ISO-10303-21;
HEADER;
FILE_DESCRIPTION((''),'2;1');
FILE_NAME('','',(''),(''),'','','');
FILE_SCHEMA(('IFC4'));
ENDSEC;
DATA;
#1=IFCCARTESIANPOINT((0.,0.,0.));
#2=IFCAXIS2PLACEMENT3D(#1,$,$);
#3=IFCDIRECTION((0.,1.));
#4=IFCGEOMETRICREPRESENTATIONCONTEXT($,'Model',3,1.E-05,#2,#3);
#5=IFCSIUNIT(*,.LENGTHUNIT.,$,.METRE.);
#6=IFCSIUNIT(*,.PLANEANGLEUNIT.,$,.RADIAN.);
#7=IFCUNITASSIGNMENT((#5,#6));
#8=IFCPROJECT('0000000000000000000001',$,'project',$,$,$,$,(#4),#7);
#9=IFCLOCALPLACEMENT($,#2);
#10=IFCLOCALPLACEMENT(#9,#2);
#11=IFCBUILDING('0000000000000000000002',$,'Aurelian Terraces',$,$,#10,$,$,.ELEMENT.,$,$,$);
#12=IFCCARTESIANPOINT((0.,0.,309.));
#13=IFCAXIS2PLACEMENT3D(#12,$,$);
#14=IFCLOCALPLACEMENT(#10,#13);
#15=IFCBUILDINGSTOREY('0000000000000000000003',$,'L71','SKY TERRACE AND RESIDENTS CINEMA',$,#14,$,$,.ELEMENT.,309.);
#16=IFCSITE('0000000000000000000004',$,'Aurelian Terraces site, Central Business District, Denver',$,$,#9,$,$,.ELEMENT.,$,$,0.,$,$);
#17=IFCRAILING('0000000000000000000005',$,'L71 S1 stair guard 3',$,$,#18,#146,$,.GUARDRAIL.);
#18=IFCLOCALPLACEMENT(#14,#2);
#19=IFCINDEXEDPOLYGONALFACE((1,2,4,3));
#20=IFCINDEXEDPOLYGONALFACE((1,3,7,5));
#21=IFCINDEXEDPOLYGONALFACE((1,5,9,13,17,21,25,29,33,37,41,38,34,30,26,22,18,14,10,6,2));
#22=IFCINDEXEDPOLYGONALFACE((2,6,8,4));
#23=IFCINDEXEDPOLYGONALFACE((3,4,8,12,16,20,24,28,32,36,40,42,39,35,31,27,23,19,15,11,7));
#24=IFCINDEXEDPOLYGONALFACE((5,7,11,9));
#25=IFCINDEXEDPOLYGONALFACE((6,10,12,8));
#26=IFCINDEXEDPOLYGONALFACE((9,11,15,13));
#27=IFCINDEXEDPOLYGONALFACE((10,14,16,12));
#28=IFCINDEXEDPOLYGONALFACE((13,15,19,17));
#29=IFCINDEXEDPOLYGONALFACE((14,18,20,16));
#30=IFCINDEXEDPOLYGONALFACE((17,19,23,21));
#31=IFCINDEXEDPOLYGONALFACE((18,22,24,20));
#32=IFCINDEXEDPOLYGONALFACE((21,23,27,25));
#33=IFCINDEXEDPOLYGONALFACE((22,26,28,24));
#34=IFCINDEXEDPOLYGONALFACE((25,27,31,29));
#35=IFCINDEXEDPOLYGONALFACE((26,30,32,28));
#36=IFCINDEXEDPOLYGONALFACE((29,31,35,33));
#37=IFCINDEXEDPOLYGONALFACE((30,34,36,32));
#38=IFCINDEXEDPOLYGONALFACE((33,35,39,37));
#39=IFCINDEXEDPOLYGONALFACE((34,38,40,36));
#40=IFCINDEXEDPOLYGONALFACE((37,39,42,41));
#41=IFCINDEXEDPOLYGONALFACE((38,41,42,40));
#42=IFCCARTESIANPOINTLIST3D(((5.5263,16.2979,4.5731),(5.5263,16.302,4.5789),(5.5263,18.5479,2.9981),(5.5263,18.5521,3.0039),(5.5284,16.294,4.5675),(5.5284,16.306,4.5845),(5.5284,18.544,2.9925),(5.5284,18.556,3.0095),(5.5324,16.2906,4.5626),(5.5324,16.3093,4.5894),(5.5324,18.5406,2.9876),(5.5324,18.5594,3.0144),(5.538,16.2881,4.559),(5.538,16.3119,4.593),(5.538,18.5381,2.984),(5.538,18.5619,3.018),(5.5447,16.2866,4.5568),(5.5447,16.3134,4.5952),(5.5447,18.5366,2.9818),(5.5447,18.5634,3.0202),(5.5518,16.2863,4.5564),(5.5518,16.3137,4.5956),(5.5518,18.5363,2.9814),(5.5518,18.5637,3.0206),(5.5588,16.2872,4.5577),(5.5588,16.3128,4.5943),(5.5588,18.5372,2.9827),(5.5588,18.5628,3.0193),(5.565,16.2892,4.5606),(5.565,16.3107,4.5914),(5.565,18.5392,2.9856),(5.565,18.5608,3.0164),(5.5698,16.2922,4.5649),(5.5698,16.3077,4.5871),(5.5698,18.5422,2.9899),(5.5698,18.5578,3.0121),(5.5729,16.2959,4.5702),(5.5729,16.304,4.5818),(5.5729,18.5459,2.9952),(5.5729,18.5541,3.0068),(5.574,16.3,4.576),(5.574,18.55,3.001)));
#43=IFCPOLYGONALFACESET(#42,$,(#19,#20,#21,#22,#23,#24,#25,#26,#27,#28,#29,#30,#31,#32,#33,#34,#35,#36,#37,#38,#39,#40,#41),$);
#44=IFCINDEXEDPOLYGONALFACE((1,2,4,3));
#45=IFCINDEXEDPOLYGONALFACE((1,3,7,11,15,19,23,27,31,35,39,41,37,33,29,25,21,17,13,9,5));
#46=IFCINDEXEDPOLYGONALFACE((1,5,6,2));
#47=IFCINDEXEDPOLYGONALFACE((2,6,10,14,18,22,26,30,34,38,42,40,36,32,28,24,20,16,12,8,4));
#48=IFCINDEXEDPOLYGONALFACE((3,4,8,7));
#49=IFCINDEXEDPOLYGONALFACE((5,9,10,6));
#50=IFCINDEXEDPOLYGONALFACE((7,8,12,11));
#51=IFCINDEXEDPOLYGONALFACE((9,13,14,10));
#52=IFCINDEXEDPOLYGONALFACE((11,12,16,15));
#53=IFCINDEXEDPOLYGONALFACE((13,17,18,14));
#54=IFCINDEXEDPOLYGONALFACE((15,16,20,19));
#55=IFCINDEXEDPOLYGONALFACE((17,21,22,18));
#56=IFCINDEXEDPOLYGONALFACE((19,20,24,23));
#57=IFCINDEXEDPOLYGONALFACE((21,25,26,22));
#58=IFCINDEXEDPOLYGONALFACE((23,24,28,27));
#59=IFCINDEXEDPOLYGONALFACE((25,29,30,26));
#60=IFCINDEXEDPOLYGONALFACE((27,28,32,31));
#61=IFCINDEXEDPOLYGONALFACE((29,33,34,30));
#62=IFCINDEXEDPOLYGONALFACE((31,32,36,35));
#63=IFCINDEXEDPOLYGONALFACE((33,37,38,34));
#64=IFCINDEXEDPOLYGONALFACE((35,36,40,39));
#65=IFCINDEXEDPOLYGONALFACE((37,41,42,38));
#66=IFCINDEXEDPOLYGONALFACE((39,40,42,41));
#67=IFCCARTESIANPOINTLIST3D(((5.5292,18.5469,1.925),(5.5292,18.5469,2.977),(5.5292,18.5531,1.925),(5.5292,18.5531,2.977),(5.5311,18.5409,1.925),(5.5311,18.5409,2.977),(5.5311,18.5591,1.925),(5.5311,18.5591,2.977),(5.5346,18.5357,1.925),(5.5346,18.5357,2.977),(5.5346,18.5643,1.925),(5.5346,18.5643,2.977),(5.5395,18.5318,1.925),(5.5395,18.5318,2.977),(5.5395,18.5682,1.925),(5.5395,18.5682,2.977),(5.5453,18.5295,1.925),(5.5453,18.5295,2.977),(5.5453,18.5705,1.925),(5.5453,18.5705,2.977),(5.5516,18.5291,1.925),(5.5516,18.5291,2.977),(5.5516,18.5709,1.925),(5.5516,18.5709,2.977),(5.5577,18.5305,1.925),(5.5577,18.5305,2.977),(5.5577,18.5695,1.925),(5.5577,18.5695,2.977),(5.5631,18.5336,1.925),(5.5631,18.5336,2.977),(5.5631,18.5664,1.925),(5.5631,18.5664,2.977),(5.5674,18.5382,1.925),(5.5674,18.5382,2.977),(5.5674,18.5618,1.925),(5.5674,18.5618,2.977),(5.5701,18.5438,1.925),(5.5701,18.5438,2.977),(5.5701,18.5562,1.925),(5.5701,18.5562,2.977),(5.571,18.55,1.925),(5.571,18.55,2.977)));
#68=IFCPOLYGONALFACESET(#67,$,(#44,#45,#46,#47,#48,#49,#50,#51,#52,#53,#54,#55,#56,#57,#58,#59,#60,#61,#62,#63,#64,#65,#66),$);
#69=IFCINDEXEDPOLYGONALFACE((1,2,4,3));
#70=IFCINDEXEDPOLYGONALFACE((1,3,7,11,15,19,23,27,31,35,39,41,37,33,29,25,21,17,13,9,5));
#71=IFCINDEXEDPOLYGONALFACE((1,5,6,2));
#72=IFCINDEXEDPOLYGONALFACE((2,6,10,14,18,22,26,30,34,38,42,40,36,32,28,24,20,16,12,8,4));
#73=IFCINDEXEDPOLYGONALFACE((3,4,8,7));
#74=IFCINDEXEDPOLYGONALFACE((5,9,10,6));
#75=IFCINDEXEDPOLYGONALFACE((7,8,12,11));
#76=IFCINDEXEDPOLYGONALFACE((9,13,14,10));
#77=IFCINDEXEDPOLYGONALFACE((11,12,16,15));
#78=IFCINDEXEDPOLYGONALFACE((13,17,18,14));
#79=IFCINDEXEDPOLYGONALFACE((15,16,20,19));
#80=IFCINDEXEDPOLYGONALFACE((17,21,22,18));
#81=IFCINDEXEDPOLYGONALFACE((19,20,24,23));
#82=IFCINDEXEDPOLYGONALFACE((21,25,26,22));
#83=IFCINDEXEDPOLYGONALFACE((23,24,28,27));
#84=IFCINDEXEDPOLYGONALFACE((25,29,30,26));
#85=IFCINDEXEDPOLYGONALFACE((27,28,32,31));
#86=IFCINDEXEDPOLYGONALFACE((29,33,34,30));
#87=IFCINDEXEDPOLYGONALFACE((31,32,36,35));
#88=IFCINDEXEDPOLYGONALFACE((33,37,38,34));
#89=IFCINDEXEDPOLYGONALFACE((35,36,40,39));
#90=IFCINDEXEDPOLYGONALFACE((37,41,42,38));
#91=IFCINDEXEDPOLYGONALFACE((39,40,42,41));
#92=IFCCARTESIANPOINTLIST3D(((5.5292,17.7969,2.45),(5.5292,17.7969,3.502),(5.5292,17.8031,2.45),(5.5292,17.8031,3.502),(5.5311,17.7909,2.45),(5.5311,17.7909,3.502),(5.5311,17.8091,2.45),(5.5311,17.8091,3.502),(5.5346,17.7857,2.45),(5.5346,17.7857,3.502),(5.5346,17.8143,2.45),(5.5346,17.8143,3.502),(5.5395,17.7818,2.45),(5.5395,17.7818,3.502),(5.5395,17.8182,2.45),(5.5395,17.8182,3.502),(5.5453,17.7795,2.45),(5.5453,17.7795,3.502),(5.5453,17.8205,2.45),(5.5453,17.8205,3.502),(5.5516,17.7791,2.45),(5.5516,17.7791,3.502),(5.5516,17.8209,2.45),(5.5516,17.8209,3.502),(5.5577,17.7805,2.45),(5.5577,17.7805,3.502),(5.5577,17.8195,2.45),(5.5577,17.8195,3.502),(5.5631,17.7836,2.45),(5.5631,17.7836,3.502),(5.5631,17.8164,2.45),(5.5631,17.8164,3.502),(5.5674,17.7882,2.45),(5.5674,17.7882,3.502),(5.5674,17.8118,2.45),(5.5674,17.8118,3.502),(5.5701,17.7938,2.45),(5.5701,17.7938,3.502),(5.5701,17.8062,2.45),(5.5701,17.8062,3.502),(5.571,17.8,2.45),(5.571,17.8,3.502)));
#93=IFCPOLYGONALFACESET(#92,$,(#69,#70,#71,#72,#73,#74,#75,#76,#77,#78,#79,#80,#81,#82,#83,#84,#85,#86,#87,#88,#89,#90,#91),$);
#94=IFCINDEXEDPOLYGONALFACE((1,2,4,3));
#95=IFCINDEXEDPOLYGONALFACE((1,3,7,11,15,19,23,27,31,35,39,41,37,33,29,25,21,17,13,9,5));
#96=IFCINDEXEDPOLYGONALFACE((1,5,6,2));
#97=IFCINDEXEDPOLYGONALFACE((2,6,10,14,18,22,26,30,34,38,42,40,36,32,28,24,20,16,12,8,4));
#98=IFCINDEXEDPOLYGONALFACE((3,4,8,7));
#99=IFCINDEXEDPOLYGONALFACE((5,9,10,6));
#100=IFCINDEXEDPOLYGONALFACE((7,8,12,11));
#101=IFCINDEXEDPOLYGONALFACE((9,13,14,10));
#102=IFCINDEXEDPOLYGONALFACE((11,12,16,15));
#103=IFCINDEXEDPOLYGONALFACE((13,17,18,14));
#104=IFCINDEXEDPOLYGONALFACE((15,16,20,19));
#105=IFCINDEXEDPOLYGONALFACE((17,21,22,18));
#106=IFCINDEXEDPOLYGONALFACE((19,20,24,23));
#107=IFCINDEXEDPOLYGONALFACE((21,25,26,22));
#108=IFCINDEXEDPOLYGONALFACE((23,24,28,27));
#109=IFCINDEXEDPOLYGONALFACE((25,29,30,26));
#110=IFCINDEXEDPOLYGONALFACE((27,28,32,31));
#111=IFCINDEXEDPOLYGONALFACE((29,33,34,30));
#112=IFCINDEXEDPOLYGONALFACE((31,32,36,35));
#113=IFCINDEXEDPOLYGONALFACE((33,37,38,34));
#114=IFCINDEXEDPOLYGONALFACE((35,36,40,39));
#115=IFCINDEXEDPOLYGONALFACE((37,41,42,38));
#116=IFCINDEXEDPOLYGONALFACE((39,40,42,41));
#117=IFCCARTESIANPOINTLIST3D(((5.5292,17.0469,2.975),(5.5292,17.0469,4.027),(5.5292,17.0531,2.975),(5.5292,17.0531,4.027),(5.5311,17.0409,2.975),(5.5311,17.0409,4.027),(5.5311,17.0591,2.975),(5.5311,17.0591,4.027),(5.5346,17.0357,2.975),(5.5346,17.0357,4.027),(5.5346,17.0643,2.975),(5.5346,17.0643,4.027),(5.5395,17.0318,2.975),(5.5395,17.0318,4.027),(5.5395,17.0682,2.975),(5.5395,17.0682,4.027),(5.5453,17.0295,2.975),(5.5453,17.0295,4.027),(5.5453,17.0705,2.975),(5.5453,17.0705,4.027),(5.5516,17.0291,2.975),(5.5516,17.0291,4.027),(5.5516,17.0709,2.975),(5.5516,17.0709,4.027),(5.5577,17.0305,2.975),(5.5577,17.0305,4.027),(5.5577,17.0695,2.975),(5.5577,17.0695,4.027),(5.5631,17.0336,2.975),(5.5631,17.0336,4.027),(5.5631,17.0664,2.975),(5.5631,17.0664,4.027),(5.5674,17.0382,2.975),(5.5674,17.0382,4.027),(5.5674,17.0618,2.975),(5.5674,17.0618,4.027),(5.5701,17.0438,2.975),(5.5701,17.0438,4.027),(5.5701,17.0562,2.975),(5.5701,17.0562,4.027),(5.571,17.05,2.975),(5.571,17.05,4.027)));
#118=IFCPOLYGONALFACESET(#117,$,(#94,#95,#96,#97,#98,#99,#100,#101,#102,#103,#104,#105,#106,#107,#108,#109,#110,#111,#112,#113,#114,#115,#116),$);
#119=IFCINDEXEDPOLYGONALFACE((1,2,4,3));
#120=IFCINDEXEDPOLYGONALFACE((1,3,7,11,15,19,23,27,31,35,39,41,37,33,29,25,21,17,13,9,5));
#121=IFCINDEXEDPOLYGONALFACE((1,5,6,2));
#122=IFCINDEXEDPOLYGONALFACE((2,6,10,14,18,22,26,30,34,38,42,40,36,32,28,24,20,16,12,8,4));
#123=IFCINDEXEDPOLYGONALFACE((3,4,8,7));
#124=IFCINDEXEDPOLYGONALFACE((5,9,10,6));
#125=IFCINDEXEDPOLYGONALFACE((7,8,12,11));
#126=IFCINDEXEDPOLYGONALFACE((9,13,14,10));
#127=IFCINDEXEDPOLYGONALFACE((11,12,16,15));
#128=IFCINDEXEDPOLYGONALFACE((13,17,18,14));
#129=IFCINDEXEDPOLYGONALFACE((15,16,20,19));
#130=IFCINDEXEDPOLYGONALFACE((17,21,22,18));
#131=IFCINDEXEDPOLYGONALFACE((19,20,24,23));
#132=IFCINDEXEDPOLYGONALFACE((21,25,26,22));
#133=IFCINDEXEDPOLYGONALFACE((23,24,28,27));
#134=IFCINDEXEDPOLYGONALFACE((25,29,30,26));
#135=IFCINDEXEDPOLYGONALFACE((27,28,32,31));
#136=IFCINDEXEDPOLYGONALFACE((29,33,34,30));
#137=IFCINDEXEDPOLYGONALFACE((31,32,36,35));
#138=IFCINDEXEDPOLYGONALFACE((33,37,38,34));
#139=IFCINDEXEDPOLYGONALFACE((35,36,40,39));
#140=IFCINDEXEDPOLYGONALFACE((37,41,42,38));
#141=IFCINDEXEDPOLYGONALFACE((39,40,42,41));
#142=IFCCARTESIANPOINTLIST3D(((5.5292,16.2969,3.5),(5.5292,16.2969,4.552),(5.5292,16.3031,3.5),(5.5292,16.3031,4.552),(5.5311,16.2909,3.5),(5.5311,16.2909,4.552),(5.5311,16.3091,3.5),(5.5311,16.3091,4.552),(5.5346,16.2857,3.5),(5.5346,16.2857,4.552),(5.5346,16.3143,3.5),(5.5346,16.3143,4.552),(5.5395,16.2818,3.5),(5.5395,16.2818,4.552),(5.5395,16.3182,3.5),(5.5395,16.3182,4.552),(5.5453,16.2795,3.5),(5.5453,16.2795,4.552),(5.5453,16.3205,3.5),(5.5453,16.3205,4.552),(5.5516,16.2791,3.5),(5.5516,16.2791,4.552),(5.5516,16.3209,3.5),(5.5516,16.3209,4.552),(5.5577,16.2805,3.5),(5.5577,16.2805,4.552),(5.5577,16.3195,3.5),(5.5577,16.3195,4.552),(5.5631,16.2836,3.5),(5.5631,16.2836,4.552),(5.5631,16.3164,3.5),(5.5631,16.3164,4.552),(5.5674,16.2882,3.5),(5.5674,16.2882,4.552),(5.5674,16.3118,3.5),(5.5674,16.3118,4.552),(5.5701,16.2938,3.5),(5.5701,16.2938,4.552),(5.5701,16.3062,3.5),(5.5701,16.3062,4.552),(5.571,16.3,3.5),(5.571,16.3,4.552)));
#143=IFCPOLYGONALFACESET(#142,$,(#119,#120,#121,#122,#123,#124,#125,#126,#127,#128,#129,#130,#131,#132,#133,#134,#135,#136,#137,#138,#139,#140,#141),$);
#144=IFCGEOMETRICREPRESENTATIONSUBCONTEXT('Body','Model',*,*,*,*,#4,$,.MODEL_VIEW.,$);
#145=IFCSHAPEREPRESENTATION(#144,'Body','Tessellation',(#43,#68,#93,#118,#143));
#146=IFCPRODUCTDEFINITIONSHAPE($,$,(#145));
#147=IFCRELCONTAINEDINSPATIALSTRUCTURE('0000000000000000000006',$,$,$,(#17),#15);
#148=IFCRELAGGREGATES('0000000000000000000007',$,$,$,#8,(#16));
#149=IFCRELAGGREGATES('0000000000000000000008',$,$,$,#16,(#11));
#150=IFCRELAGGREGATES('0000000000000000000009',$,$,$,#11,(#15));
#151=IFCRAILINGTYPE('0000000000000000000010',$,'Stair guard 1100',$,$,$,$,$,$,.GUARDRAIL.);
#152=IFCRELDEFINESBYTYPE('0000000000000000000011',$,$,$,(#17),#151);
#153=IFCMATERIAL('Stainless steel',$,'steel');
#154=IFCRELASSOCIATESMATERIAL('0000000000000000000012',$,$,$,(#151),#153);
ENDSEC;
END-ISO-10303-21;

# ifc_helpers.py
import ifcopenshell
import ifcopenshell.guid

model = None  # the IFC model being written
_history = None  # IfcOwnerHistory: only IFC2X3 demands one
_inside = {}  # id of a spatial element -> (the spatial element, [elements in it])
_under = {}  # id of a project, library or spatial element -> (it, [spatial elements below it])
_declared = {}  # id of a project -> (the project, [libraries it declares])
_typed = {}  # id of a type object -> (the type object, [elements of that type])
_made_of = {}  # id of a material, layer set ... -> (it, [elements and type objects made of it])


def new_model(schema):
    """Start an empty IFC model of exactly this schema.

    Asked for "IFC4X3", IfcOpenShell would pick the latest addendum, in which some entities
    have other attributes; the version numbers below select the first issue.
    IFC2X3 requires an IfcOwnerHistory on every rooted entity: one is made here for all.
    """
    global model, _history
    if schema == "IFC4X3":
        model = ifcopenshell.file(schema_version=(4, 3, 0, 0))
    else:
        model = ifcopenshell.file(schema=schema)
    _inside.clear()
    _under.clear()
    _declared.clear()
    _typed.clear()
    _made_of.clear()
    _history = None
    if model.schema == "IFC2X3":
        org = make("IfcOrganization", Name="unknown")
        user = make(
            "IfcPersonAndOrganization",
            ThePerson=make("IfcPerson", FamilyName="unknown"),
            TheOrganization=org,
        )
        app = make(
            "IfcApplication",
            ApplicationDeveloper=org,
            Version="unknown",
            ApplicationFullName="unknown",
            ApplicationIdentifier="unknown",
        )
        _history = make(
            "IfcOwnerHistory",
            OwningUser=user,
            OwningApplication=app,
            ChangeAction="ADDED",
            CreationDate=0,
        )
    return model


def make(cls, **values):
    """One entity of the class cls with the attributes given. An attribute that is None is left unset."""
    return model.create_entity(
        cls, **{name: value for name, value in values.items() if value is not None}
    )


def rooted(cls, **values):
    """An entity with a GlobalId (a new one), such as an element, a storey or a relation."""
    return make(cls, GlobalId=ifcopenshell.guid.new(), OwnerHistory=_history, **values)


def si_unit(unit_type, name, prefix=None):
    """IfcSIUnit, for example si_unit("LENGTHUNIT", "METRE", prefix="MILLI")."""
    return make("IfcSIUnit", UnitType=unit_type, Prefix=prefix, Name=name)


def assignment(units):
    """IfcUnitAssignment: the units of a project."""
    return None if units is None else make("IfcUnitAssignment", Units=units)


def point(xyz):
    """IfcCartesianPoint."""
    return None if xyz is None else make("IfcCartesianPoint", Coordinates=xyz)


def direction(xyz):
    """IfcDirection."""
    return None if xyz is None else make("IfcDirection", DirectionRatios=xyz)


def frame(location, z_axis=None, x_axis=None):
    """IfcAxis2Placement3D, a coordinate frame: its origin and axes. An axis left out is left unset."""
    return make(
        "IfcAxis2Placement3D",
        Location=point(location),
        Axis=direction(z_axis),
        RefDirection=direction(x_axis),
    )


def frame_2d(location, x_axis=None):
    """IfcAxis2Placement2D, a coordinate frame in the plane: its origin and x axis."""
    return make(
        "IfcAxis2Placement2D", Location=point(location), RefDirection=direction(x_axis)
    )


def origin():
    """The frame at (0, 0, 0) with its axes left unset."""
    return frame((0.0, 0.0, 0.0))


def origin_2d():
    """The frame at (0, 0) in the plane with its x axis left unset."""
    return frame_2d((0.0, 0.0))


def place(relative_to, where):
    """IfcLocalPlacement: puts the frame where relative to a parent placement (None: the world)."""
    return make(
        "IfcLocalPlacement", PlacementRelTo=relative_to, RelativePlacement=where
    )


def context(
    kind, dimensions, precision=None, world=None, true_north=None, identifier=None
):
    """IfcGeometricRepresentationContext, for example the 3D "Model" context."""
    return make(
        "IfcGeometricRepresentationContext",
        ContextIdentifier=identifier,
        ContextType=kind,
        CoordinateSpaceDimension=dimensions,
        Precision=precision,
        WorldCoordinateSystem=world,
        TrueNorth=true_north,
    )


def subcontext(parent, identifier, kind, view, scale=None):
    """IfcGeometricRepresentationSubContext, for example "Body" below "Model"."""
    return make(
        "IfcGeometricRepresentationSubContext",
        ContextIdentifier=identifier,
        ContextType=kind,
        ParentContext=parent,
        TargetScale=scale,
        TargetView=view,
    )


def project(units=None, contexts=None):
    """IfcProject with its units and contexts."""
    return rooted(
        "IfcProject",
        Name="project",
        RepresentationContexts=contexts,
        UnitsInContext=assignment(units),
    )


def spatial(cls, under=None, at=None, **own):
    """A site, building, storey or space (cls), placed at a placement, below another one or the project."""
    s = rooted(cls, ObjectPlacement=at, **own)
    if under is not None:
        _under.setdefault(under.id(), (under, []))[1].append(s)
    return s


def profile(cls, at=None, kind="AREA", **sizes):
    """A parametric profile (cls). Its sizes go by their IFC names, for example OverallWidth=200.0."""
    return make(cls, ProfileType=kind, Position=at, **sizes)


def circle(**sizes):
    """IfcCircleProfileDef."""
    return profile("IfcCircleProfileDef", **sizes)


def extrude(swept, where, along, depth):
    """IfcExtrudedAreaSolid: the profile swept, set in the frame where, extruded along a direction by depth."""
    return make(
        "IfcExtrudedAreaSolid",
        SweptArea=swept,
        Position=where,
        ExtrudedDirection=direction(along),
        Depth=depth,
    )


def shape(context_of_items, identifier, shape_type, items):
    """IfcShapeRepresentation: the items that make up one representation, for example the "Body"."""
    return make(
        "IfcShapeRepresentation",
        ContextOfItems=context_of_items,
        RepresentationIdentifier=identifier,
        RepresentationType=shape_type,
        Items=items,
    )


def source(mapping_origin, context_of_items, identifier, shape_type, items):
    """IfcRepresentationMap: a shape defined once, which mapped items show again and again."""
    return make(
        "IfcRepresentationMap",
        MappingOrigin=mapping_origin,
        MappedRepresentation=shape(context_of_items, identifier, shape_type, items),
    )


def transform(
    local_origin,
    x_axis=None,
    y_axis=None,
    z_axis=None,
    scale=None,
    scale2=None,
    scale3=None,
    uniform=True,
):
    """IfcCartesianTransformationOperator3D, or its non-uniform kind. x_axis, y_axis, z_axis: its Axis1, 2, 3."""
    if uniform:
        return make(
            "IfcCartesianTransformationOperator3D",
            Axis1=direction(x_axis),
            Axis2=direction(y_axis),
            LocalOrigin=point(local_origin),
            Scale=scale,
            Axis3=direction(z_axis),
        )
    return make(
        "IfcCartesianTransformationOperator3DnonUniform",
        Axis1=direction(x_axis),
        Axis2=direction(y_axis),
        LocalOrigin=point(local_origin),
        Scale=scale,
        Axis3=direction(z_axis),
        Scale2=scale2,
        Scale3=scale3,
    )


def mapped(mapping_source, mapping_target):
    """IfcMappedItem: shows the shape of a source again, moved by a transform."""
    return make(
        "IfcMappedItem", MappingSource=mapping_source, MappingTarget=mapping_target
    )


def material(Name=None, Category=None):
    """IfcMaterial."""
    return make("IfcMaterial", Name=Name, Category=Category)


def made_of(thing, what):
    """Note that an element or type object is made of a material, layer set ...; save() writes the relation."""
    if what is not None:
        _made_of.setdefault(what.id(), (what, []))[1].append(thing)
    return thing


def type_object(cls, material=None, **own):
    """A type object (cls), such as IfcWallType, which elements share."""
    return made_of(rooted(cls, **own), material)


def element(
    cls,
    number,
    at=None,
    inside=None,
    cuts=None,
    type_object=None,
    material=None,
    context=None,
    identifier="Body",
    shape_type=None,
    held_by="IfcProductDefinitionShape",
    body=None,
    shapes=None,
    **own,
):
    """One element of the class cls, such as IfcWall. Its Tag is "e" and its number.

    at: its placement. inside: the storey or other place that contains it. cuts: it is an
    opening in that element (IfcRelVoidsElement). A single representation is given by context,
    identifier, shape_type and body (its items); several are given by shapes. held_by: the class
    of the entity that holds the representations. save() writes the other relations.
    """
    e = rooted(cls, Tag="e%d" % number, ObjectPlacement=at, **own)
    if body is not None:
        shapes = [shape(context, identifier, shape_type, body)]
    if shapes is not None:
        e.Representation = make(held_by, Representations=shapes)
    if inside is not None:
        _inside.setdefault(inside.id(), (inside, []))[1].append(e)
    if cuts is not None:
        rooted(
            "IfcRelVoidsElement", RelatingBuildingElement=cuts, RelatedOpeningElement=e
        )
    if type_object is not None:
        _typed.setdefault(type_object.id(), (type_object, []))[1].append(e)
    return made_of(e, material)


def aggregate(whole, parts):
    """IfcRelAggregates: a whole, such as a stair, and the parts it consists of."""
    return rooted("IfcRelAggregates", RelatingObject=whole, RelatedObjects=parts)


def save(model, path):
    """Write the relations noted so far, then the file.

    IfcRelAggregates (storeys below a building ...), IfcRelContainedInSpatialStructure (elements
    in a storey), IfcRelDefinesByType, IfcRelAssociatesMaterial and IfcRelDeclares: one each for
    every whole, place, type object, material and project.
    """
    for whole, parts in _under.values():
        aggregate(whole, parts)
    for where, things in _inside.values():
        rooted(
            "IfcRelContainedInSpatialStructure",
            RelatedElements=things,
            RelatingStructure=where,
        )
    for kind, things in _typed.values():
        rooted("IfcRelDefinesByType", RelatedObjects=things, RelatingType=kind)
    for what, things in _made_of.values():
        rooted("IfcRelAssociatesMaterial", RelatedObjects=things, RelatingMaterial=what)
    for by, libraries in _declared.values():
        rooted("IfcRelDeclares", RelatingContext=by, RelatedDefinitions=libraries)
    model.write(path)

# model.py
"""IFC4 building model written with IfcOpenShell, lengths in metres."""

from ifc_helpers import new_model, si_unit, direction, frame, origin, origin_2d, place, context, subcontext, project, spatial, circle, extrude, source, transform, mapped, material, type_object, element, save


model = new_model("IFC4")

# Units and contexts
model_context = context("Model", 3, precision=1e-05, world=origin(), true_north=direction((0.0, 1.0)))
body_context = subcontext(model_context, "Body", "Model", "MODEL_VIEW")
ifc_project = project(units=[si_unit("LENGTHUNIT", "METRE"), si_unit("PLANEANGLEUNIT", "RADIAN")], contexts=[model_context])

# Site, building, storey
site_placement = place(None, origin())
site = spatial("IfcSite", under=ifc_project, at=site_placement, Name="Aurelian Terraces site, Central Business District, Denver", CompositionType="ELEMENT", RefElevation=0.0)
building_placement = place(site_placement, origin())
building = spatial("IfcBuilding", under=site, at=building_placement, Name="Aurelian Terraces", CompositionType="ELEMENT")
storey_placement = place(building_placement, frame((0.0, 0.0, 309.0)))
storey = spatial("IfcBuildingStorey", under=building, at=storey_placement, Name="L71", Description="SKY TERRACE AND RESIDENTS CINEMA", CompositionType="ELEMENT", Elevation=309.0)

# Shared definitions
ifc_material_1 = material(Name="Stainless steel", Category="steel")

# Railing
railing_type_1 = type_object("IfcRailingType", Name="Stair guard 1100", PredefinedType="GUARDRAIL", material=ifc_material_1)
shared_shape_1 = source(origin(), body_context, "Body", "SweptSolid", [
    extrude(circle(Radius=0.024, at=origin_2d()), frame((0.0, 0.0, 1.076), z_axis=(0.0, -0.819232, 0.573462), x_axis=(1.0, 0.0, 0.0)), (0.0, 0.0, 1.0), 2.7465),
    extrude(circle(Radius=0.021, at=origin_2d()), origin(), (0.0, 0.0, 1.0), 1.052),
    extrude(circle(Radius=0.021, at=origin_2d()), frame((0.0, -0.75, 0.525)), (0.0, 0.0, 1.0), 1.052),
    extrude(circle(Radius=0.021, at=origin_2d()), frame((0.0, -1.5, 1.05)), (0.0, 0.0, 1.0), 1.052),
    extrude(circle(Radius=0.021, at=origin_2d()), frame((0.0, -2.25, 1.575)), (0.0, 0.0, 1.0), 1.052),
])
railing_1_placement = place(storey_placement, frame((5.55, 18.55, 1.925)))
element("IfcRailing", 1, at=railing_1_placement, inside=storey, type_object=railing_type_1, Name="L71 S1 stair guard 3", PredefinedType="GUARDRAIL", context=body_context, shape_type="MappedRepresentation", body=[
    mapped(shared_shape_1, transform((0.0, 0.0, 0.0), scale=1.0)),
])

save(model, "model.ifc")
